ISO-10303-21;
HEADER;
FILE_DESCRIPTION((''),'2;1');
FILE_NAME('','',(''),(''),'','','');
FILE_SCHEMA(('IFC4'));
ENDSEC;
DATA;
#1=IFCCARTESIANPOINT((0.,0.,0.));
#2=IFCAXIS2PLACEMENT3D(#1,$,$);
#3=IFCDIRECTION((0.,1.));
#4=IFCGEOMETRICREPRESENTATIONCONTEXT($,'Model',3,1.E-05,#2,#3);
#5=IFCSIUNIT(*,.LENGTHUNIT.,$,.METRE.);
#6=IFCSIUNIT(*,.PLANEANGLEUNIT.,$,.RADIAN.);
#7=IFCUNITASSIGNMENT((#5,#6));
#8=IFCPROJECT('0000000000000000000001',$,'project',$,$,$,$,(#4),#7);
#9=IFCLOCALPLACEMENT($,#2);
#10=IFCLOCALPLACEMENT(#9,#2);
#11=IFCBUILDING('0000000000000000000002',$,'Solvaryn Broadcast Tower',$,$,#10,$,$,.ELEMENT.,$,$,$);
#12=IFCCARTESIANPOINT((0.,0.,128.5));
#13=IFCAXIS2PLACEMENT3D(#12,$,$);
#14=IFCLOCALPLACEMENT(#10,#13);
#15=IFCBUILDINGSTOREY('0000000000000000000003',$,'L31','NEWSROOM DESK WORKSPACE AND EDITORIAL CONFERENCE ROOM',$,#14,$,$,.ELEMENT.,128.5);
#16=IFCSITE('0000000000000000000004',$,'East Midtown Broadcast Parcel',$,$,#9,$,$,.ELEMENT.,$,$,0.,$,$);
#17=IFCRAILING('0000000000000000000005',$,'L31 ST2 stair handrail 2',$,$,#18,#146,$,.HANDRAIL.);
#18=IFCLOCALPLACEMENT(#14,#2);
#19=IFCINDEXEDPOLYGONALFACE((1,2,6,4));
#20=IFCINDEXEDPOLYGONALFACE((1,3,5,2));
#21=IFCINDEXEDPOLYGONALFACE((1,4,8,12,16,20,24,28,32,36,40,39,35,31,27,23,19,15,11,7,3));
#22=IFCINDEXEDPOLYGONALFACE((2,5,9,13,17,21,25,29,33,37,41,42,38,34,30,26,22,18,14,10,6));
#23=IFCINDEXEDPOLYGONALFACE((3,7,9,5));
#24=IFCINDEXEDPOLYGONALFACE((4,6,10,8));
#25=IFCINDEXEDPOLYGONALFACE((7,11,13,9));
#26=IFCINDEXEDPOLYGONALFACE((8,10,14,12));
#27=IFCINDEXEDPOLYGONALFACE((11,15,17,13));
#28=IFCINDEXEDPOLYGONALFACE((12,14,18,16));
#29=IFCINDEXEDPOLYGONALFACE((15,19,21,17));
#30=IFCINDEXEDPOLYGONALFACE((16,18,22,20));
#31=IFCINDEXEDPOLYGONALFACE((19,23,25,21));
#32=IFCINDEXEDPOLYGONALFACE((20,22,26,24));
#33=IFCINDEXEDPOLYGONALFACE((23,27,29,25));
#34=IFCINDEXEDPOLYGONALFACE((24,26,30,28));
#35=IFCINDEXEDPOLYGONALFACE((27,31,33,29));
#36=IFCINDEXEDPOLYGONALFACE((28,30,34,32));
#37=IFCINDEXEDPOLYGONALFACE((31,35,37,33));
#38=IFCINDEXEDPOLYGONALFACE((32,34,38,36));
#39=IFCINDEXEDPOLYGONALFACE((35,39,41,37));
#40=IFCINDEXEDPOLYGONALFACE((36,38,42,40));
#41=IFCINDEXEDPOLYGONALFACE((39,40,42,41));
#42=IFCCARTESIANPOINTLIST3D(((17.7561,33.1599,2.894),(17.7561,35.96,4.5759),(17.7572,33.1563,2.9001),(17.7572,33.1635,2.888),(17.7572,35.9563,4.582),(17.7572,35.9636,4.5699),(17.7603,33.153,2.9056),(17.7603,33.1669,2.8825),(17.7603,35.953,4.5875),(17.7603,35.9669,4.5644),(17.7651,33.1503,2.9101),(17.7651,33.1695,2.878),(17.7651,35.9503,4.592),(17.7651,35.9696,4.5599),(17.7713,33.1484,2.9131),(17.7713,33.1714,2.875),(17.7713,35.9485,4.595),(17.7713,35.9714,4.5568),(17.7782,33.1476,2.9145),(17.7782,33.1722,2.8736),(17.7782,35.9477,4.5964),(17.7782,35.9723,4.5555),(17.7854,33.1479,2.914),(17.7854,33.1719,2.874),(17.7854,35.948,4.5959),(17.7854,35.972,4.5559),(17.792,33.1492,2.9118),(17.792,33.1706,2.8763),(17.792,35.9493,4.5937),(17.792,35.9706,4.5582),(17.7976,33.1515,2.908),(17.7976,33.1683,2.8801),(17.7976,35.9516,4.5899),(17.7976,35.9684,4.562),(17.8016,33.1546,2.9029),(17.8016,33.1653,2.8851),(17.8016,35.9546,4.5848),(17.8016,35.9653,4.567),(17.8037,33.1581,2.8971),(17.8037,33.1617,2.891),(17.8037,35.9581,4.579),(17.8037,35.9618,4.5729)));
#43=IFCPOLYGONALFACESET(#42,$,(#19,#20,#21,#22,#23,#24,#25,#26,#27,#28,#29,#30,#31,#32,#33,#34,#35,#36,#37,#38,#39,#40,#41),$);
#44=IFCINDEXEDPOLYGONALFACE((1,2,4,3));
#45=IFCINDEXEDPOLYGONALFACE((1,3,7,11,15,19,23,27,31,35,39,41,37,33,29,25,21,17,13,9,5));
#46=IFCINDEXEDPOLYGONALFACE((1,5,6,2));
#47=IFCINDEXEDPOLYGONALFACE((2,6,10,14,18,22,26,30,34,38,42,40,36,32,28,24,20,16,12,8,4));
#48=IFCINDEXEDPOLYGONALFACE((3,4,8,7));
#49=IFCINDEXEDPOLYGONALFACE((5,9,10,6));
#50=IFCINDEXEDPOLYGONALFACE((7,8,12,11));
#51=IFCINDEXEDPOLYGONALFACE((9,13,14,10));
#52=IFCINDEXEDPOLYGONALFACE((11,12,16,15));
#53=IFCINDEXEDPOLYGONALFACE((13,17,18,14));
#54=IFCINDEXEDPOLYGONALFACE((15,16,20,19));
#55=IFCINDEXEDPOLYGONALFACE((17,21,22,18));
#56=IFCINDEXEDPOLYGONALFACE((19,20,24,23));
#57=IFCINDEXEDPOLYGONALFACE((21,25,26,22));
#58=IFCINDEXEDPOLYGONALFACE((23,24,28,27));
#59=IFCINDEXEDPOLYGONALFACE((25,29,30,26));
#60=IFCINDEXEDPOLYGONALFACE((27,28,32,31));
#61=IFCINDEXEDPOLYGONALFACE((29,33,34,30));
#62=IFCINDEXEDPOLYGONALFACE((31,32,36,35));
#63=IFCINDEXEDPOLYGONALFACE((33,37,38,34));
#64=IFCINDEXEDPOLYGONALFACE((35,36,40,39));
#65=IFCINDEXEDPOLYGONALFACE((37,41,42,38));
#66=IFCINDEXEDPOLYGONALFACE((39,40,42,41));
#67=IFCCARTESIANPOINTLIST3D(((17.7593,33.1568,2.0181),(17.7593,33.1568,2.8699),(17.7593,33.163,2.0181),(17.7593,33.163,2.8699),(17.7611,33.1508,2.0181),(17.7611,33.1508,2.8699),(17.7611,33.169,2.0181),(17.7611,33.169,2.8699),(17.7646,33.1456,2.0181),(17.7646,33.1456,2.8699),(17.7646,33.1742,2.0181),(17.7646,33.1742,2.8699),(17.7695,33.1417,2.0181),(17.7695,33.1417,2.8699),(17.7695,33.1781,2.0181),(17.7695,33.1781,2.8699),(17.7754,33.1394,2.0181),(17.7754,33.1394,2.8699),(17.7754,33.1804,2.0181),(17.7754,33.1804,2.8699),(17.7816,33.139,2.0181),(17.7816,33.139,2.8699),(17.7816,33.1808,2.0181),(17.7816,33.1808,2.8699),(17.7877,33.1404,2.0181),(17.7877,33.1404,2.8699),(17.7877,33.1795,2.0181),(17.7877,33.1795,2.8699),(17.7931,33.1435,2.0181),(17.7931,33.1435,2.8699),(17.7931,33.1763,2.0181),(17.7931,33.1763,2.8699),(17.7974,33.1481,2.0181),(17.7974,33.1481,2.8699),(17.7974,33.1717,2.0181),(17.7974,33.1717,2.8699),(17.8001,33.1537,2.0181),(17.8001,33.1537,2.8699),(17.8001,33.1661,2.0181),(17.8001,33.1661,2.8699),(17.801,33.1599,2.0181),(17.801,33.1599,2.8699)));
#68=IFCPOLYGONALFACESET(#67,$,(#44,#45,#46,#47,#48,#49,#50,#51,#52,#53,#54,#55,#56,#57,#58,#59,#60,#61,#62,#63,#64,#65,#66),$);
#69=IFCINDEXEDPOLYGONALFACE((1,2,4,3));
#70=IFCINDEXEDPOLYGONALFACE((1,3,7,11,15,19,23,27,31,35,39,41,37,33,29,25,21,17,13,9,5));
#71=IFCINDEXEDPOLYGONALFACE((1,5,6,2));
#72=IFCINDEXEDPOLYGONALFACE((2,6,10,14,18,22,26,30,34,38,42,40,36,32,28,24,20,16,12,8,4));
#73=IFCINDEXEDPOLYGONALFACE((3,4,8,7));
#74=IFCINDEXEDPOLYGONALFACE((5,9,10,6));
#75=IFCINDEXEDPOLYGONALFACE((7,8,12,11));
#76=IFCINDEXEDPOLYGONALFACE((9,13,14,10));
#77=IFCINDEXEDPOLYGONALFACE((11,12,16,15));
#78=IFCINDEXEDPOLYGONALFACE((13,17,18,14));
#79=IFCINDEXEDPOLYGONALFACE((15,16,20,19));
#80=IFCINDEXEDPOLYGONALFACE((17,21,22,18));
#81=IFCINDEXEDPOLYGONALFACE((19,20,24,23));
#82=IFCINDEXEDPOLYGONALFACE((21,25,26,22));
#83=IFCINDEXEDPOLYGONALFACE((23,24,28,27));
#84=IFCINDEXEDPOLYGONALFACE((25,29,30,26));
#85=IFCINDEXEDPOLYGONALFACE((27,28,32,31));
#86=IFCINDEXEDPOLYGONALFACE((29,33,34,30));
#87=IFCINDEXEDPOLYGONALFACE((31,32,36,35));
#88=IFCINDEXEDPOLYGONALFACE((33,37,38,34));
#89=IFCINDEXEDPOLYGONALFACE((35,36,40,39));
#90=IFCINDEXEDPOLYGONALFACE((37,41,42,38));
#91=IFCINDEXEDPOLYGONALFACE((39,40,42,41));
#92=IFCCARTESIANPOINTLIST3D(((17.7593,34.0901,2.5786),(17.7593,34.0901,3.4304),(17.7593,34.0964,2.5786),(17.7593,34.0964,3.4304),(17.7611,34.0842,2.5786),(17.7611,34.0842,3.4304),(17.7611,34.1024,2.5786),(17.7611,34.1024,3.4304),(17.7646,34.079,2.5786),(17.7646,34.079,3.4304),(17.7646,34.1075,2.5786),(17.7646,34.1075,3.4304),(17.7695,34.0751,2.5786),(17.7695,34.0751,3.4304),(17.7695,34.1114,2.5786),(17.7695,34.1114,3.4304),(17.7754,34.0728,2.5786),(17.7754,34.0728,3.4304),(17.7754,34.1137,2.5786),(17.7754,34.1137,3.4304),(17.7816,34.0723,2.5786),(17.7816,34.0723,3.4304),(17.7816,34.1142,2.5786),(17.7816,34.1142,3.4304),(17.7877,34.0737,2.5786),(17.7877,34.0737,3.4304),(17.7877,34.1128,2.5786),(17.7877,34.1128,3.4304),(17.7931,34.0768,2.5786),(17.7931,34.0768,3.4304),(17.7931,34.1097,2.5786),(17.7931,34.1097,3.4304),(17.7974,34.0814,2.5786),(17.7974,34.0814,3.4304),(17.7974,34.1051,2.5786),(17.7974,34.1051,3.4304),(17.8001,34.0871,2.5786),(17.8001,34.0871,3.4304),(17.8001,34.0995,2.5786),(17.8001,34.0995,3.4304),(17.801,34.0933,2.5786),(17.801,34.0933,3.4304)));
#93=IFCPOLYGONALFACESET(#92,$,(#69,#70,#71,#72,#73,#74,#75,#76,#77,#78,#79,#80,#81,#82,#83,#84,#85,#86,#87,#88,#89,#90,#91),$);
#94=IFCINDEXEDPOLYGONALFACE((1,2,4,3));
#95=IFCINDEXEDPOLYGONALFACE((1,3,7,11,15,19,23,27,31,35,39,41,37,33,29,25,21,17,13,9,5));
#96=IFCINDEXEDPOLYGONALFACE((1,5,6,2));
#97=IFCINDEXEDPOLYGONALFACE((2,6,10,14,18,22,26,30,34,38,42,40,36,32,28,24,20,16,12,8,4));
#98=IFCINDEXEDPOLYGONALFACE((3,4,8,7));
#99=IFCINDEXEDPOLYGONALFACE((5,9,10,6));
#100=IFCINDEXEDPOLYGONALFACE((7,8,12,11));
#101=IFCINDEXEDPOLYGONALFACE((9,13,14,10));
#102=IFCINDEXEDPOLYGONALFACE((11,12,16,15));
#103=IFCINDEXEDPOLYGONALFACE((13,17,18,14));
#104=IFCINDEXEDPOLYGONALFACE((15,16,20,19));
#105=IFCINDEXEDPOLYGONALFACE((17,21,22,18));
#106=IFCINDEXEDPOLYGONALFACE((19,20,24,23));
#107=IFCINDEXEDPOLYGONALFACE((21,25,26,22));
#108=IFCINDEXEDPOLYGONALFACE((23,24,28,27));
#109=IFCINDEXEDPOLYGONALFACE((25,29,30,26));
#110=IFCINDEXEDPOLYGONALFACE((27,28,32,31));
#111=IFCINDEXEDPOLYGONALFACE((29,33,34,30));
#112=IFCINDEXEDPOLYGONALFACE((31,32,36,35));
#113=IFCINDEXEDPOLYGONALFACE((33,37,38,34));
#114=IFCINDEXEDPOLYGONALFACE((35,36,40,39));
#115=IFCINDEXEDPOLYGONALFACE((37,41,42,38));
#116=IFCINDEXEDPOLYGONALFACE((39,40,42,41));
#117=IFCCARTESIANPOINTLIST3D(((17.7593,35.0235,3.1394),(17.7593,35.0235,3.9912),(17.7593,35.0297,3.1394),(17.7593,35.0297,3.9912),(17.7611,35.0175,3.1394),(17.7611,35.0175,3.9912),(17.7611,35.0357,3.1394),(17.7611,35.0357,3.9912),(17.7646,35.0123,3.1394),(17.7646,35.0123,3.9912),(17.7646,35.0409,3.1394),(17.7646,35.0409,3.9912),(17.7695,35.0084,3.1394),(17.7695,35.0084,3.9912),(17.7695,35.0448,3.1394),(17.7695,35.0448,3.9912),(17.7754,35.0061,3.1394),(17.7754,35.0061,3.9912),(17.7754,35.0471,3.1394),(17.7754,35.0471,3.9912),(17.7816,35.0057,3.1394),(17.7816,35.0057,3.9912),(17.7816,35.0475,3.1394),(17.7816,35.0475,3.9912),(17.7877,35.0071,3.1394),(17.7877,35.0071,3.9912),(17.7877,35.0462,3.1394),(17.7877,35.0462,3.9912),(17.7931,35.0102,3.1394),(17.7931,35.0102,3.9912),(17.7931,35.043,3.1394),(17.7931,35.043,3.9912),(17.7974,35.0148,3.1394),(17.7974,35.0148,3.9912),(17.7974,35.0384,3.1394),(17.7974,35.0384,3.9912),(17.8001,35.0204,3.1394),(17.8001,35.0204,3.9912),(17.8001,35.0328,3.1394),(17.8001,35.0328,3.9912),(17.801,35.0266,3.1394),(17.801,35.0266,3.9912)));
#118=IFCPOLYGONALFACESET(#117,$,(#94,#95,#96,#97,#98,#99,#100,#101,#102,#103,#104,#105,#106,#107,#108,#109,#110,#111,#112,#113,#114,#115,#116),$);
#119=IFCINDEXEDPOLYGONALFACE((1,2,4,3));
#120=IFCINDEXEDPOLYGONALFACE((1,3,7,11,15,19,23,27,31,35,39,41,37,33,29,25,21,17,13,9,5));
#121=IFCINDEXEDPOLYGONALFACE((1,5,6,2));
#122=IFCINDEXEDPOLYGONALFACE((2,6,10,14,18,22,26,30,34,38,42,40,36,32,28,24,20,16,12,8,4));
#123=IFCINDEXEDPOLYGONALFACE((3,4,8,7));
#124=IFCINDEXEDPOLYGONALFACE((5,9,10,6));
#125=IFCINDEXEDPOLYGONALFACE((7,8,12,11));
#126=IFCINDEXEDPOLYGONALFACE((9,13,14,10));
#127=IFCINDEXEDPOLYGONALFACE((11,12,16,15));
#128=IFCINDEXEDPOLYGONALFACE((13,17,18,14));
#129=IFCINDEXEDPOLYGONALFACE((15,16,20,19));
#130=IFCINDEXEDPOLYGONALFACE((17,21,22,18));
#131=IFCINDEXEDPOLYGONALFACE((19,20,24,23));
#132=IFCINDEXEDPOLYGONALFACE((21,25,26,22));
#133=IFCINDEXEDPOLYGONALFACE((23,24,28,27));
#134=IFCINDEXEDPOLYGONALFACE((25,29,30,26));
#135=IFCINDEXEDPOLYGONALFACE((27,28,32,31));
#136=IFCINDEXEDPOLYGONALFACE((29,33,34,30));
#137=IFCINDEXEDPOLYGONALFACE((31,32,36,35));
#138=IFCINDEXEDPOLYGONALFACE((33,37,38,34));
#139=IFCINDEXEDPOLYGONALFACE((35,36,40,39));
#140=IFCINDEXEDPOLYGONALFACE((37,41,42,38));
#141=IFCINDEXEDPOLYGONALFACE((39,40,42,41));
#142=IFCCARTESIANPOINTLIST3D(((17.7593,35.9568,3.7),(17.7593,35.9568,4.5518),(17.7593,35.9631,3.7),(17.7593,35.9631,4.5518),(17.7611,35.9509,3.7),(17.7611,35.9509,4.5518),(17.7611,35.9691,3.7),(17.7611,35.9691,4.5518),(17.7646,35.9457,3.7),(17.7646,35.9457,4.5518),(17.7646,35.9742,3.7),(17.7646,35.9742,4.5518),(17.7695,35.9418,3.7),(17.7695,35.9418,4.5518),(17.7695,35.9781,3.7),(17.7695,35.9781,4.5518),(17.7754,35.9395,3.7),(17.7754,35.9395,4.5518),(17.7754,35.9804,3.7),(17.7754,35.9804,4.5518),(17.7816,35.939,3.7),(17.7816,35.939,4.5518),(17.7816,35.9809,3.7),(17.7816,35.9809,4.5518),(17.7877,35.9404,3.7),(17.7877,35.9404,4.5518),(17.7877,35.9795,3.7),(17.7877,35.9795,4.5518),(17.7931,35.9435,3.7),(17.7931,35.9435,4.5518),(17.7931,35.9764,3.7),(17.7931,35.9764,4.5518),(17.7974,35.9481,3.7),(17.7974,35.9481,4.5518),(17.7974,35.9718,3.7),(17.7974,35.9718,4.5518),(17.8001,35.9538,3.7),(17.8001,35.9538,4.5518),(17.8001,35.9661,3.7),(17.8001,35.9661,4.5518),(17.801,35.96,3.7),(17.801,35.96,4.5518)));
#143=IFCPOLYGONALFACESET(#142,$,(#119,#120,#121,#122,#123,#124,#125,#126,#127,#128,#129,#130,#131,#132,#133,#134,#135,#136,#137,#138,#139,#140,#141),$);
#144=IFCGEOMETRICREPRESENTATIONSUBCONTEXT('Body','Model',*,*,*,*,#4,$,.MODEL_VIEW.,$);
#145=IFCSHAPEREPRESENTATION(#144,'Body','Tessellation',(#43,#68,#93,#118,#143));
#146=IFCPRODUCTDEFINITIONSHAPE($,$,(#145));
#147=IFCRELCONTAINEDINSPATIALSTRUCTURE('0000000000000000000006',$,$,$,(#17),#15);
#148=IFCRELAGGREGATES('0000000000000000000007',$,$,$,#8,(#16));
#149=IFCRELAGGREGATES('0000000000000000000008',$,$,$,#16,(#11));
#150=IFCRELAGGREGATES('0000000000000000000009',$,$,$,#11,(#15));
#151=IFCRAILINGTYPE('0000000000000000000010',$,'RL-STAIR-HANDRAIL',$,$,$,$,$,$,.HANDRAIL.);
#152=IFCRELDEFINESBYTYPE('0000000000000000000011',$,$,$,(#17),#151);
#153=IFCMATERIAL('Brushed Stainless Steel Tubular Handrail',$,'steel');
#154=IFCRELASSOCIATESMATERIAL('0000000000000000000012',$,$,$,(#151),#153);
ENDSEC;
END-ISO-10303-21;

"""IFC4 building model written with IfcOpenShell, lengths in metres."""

from ifc_helpers import new_model, si_unit, direction, frame, origin, origin_2d, place, context, subcontext, project, spatial, circle, extrude, material, type_object, element, save


model = new_model("IFC4")

# Units and contexts
model_context = context("Model", 3, precision=1e-05, world=origin(), true_north=direction((0.0, 1.0)))
body_context = subcontext(model_context, "Body", "Model", "MODEL_VIEW")
ifc_project = project(units=[si_unit("LENGTHUNIT", "METRE"), si_unit("PLANEANGLEUNIT", "RADIAN")], contexts=[model_context])

# Site, building, storey
site_placement = place(None, origin())
site = spatial("IfcSite", under=ifc_project, at=site_placement, Name="East Midtown Broadcast Parcel", CompositionType="ELEMENT", RefElevation=0.0)
building_placement = place(site_placement, origin())
building = spatial("IfcBuilding", under=site, at=building_placement, Name="Solvaryn Broadcast Tower", CompositionType="ELEMENT")
storey_placement = place(building_placement, frame((0.0, 0.0, 128.5)))
storey = spatial("IfcBuildingStorey", under=building, at=storey_placement, Name="L31", Description="NEWSROOM DESK WORKSPACE AND EDITORIAL CONFERENCE ROOM", CompositionType="ELEMENT", Elevation=128.5)

# Railing
ifc_material_1 = material(Name="Brushed Stainless Steel Tubular Handrail", Category="steel")
railing_type_1 = type_object("IfcRailingType", Name="RL-STAIR-HANDRAIL", PredefinedType="HANDRAIL", material=ifc_material_1)
railing_1_placement = place(storey_placement, frame((17.78, 33.1599, 2.0181)))
element("IfcRailing", 1, at=railing_1_placement, inside=storey, type_object=railing_type_1, Name="L31 ST2 stair handrail 2", PredefinedType="HANDRAIL", context=body_context, shape_type="SweptSolid", body=[
    extrude(circle(Radius=0.0239, at=origin_2d()), frame((0.0, 0.0, 0.876), z_axis=(0.0, 0.857242, 0.514913), x_axis=(-1.0, 0.0, 0.0)), (0.0, 0.0, 1.0), 3.2664),
    extrude(circle(Radius=0.021, at=origin_2d()), origin(), (0.0, 0.0, 1.0), 0.8518),
    extrude(circle(Radius=0.021, at=origin_2d()), frame((0.0, 0.9333, 0.5605)), (0.0, 0.0, 1.0), 0.8518),
    extrude(circle(Radius=0.021, at=origin_2d()), frame((0.0, 1.8667, 1.1213)), (0.0, 0.0, 1.0), 0.8518),
    extrude(circle(Radius=0.021, at=origin_2d()), frame((0.0, 2.8, 1.6819)), (0.0, 0.0, 1.0), 0.8518),
])

save(model, "model.ifc")
